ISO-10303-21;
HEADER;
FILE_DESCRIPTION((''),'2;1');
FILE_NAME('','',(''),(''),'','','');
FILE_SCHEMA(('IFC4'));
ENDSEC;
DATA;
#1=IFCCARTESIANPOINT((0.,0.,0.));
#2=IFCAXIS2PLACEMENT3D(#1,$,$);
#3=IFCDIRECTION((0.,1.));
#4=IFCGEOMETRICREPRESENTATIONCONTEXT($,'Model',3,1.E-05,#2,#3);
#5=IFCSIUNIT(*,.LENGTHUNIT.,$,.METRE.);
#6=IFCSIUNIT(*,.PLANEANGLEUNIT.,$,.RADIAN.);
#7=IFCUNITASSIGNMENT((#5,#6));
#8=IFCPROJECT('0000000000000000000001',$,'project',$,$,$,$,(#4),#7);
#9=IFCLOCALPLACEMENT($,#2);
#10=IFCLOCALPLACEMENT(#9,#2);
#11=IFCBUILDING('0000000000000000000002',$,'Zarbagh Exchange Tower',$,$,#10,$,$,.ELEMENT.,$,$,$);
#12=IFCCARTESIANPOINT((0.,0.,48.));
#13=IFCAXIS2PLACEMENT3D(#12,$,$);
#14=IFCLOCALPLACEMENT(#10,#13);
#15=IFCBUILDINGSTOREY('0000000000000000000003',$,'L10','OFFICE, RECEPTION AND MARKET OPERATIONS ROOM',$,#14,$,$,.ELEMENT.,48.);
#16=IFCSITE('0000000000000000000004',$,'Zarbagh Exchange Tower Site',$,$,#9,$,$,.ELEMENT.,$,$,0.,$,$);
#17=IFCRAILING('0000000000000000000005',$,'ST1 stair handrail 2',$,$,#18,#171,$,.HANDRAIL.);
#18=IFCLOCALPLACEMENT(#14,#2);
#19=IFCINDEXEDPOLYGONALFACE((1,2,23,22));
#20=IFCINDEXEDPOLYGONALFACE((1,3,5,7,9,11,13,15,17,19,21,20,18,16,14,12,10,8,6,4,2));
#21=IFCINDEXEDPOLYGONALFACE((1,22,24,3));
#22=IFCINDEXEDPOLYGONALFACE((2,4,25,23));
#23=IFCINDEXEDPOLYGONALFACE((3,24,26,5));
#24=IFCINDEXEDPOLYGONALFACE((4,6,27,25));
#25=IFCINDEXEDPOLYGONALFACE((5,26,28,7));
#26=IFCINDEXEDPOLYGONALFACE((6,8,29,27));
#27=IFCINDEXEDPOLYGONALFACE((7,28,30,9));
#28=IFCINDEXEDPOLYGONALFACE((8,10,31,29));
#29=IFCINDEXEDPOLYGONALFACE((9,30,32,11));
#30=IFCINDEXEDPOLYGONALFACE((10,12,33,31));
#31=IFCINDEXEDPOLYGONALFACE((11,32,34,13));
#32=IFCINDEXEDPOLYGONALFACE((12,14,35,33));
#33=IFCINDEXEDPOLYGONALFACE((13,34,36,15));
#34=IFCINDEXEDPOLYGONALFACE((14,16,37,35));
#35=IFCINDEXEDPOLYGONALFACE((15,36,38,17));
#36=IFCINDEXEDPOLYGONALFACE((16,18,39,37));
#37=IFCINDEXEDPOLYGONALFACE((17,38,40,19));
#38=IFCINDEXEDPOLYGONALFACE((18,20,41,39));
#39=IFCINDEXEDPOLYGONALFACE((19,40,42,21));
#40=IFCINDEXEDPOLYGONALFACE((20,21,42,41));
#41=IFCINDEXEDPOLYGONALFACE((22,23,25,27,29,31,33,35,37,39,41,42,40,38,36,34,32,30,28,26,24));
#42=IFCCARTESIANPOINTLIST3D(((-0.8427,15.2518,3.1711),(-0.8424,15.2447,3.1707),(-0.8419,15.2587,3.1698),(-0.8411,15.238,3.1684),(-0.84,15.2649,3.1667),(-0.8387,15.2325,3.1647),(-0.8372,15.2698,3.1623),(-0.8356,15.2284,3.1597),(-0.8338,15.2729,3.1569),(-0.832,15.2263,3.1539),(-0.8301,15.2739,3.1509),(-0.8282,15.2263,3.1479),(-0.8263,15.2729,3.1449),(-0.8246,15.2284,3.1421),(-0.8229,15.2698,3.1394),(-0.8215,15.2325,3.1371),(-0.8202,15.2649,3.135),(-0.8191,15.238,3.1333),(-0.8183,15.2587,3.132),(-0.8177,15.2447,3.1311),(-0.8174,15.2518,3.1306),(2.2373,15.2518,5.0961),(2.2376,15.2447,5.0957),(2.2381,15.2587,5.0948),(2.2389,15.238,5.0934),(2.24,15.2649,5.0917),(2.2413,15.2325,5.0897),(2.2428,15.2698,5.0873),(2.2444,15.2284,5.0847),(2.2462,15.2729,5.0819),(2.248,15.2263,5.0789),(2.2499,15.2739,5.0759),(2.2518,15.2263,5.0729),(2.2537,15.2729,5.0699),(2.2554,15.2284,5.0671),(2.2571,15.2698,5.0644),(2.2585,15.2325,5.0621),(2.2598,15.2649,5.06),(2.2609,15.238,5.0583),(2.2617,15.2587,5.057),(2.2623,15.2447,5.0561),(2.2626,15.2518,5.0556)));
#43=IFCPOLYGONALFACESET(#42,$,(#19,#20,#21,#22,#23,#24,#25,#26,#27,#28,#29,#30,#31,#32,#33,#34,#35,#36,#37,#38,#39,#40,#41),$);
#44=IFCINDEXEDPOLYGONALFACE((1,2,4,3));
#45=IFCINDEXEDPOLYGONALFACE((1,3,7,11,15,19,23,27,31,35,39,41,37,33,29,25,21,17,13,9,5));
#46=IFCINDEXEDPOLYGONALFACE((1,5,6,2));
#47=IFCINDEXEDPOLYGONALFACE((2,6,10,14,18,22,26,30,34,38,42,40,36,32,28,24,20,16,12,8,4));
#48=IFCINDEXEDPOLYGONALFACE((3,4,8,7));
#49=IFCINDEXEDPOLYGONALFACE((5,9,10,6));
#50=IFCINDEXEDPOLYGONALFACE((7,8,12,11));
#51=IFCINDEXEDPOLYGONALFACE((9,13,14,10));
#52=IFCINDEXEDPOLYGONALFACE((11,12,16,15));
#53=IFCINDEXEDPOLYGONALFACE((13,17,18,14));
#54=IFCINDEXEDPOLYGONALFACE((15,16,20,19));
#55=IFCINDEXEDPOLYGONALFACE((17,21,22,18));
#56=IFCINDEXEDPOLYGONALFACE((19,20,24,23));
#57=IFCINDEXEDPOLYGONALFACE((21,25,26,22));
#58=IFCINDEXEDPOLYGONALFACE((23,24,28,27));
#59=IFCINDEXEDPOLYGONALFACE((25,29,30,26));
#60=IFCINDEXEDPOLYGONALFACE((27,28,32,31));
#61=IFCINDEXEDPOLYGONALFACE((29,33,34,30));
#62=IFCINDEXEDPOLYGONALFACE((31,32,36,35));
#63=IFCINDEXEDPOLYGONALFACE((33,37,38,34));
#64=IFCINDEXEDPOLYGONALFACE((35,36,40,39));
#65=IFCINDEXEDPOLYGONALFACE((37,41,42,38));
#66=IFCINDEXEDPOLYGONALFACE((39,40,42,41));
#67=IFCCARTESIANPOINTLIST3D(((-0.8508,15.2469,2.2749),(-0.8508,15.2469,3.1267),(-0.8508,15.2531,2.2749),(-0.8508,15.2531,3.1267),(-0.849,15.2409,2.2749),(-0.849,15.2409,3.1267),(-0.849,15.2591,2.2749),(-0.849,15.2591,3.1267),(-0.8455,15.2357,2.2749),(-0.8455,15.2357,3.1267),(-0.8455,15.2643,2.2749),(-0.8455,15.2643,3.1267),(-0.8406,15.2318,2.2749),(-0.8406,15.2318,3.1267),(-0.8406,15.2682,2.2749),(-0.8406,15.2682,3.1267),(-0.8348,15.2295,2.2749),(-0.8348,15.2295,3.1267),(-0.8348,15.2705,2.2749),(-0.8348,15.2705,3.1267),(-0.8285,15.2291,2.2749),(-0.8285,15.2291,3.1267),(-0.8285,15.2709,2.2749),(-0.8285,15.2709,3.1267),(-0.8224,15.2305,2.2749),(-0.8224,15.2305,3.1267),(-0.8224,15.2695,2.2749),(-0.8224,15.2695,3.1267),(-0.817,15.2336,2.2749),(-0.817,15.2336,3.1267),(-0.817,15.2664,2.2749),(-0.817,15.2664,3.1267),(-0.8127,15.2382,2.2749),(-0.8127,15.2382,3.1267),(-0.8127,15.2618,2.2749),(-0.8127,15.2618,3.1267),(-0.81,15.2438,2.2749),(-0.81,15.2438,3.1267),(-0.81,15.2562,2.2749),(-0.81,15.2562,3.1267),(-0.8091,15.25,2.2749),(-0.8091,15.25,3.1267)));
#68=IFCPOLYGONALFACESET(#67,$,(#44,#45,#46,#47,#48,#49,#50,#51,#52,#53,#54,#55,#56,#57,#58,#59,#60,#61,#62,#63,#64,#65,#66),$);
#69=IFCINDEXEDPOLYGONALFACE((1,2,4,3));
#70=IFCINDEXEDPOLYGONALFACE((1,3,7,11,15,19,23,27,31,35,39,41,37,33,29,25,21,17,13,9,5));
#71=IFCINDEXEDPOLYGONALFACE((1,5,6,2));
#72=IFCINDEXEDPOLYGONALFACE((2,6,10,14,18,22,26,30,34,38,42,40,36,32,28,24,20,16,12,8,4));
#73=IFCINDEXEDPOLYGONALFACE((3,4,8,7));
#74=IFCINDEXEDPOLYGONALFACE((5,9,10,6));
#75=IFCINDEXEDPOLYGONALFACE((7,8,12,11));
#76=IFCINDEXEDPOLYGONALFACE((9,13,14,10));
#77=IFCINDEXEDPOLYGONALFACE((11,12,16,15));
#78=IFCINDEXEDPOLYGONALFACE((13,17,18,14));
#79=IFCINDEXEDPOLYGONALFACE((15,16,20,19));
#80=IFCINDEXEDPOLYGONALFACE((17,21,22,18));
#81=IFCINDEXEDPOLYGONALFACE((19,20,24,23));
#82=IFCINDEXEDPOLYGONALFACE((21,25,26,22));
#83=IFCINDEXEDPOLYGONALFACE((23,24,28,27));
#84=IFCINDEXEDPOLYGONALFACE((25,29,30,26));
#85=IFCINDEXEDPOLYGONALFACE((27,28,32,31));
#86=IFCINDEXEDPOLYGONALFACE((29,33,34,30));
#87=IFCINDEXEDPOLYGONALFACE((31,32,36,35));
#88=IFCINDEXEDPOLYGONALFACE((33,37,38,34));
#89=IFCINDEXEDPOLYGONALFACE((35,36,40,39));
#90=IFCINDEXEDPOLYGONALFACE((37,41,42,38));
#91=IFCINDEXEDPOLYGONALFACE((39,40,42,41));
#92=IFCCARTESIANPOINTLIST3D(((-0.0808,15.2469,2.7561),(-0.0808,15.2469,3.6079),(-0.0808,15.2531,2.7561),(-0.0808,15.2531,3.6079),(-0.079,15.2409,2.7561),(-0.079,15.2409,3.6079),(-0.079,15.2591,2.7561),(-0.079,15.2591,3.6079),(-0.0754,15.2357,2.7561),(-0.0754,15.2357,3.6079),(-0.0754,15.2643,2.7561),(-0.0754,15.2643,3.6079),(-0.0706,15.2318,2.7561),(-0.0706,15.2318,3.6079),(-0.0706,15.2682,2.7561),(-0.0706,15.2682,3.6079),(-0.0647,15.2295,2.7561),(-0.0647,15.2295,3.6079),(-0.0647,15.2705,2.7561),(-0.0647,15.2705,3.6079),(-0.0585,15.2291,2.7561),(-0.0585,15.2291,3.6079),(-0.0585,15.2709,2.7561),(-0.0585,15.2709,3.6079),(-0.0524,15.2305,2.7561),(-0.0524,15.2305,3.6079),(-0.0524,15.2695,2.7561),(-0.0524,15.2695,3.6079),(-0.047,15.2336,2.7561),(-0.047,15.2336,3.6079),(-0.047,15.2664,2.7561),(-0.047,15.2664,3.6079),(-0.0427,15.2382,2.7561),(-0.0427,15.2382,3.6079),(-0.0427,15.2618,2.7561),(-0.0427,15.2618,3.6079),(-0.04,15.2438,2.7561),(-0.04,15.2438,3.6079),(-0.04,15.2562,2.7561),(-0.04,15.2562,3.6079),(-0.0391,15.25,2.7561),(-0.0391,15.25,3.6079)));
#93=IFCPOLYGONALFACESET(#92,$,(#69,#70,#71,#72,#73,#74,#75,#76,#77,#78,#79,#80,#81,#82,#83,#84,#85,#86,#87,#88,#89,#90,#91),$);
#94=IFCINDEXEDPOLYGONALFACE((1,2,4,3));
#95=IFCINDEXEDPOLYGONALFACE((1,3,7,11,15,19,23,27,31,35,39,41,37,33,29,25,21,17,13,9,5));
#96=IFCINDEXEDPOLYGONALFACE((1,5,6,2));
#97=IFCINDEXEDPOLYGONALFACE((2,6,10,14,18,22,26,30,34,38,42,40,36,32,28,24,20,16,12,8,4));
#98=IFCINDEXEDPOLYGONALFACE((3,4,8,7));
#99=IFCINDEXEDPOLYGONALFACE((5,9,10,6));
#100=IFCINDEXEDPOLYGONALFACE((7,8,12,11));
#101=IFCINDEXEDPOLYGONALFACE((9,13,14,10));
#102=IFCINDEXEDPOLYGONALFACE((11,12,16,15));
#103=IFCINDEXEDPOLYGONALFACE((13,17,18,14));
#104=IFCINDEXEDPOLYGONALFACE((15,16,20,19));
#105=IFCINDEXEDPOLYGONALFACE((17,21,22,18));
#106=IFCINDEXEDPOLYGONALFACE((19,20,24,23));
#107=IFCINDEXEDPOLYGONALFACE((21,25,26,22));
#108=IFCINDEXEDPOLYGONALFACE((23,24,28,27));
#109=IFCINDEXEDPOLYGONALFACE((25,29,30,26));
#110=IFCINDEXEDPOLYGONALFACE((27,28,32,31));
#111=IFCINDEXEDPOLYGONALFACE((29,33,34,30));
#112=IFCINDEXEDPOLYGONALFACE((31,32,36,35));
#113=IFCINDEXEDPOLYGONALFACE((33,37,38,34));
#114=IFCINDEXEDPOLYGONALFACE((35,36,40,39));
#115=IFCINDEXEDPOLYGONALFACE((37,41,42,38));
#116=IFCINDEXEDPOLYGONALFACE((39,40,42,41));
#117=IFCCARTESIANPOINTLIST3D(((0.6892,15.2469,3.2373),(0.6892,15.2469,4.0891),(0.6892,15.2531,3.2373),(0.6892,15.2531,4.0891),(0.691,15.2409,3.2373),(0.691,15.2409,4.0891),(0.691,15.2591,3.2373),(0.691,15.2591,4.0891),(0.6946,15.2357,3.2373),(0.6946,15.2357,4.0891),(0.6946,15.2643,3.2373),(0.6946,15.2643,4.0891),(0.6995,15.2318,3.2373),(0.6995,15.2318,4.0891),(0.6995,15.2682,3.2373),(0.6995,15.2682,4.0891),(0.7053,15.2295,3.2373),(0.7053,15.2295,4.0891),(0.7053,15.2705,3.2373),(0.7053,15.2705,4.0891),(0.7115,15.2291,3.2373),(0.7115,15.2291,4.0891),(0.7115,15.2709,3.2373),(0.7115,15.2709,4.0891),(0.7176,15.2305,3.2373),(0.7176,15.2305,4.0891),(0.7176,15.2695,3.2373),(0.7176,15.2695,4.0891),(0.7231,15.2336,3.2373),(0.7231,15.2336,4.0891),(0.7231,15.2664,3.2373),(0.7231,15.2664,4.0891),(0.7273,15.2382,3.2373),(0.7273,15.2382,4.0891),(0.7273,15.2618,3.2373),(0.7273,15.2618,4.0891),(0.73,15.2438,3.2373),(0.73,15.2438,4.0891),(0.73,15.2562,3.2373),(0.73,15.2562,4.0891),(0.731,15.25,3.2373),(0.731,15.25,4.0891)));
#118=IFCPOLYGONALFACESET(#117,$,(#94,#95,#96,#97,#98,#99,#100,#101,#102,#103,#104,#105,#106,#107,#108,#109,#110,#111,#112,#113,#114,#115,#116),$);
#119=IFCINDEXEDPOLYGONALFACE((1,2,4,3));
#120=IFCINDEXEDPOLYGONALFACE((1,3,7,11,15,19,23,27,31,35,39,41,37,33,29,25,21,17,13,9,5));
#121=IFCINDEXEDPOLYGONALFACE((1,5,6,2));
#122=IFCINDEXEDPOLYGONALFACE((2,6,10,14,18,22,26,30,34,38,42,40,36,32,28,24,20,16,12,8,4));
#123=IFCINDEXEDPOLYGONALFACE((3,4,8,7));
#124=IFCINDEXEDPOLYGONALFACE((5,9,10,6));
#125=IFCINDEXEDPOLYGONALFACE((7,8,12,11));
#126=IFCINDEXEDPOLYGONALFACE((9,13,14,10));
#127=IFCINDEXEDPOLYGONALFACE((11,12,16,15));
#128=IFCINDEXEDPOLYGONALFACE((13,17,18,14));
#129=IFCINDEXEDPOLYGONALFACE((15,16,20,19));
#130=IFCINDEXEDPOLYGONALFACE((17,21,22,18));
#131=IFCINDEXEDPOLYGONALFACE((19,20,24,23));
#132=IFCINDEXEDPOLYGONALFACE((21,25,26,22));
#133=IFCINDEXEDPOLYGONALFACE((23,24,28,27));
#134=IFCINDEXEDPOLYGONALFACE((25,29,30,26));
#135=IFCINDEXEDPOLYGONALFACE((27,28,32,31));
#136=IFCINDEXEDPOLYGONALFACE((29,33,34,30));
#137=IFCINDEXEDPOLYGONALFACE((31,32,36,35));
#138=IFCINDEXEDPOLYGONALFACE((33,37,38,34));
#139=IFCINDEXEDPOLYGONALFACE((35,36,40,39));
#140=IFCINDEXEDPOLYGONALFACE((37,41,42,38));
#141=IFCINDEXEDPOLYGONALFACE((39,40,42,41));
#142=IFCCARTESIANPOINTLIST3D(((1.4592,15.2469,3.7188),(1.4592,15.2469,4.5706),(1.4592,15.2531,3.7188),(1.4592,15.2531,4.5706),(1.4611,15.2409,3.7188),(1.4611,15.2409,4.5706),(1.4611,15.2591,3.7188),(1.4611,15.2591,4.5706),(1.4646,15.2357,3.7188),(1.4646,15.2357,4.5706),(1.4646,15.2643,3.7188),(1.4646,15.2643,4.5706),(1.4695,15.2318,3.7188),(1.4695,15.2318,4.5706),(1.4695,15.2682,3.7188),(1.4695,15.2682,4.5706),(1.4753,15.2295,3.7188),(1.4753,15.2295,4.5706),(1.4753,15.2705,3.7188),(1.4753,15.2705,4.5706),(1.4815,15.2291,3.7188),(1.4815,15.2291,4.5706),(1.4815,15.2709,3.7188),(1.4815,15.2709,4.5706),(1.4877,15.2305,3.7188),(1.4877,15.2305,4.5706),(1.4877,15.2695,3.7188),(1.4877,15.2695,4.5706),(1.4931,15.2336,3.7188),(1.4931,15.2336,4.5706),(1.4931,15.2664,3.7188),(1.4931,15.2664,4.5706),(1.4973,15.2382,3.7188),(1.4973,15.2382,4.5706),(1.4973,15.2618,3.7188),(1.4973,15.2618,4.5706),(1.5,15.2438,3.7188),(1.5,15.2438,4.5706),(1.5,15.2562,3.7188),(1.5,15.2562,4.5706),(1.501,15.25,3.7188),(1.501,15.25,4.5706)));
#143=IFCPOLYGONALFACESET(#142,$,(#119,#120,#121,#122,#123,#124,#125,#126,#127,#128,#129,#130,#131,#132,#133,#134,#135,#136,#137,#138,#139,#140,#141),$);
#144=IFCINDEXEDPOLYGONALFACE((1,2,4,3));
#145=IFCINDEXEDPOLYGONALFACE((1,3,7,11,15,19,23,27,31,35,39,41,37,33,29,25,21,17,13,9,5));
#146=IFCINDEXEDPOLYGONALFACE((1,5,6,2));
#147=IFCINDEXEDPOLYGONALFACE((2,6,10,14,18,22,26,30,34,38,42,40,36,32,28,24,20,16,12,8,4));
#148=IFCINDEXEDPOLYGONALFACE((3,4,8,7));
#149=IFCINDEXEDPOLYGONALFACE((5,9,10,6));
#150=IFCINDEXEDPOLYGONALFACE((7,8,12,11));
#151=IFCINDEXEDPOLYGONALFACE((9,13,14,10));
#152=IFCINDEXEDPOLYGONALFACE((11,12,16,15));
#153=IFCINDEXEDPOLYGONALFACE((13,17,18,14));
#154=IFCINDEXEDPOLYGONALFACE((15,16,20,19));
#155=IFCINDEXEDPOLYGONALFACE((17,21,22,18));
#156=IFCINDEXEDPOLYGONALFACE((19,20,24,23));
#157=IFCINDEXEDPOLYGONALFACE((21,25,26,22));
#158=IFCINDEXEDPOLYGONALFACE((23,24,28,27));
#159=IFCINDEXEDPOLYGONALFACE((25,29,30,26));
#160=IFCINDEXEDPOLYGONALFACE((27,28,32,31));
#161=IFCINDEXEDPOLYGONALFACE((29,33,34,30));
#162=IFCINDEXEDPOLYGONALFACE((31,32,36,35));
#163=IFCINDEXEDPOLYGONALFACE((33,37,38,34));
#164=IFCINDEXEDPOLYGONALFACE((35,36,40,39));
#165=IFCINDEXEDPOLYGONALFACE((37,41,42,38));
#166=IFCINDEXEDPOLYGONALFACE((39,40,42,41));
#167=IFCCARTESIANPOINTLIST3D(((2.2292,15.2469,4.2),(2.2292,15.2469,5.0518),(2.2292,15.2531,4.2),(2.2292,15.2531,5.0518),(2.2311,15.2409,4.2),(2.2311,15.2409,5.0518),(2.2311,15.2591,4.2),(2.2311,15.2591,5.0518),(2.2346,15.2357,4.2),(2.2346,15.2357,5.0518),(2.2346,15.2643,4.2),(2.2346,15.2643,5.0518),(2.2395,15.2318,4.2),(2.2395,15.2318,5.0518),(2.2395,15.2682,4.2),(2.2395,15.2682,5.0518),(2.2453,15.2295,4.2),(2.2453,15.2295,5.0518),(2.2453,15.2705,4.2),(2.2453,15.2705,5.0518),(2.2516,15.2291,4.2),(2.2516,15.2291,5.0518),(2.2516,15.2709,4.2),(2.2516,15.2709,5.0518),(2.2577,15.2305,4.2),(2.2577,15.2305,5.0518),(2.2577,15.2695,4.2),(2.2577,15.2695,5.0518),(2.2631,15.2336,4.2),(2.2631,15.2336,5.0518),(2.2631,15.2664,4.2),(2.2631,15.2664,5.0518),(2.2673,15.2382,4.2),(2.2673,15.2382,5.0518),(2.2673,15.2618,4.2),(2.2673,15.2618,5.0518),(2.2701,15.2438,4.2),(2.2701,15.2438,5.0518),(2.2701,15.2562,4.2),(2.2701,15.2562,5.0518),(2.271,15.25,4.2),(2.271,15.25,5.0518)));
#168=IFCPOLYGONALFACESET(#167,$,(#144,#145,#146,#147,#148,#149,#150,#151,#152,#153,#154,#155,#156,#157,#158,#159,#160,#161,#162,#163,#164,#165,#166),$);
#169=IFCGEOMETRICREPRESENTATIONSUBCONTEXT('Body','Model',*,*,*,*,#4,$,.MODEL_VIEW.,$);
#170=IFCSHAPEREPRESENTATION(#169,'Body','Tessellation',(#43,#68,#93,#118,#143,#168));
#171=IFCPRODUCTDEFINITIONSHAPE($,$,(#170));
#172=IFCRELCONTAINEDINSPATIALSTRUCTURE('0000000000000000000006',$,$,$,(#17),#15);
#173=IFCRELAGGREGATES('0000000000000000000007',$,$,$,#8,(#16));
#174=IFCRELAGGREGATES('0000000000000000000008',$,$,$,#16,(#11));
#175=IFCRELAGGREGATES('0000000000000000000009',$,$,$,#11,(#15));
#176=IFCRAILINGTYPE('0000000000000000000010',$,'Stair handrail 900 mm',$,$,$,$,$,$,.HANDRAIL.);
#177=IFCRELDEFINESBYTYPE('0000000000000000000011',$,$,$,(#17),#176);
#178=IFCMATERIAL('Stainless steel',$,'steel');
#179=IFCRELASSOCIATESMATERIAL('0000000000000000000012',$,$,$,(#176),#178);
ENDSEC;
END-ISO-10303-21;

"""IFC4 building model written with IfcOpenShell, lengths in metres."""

from ifc_helpers import new_model, si_unit, direction, frame, origin, origin_2d, place, context, subcontext, project, spatial, circle, extrude, material, type_object, element, save


model = new_model("IFC4")

# Units and contexts
model_context = context("Model", 3, precision=1e-05, world=origin(), true_north=direction((0.0, 1.0)))
body_context = subcontext(model_context, "Body", "Model", "MODEL_VIEW")
ifc_project = project(units=[si_unit("LENGTHUNIT", "METRE"), si_unit("PLANEANGLEUNIT", "RADIAN")], contexts=[model_context])

# Site, building, storey
site_placement = place(None, origin())
site = spatial("IfcSite", under=ifc_project, at=site_placement, Name="Zarbagh Exchange Tower Site", CompositionType="ELEMENT", RefElevation=0.0)
building_placement = place(site_placement, origin())
building = spatial("IfcBuilding", under=site, at=building_placement, Name="Zarbagh Exchange Tower", CompositionType="ELEMENT")
storey_placement = place(building_placement, frame((0.0, 0.0, 48.0)))
storey = spatial("IfcBuildingStorey", under=building, at=storey_placement, Name="L10", Description="OFFICE, RECEPTION AND MARKET OPERATIONS ROOM", CompositionType="ELEMENT", Elevation=48.0)

# Shared definitions
ifc_material_1 = material(Name="Stainless steel", Category="steel")

# Railing
railing_type_1 = type_object("IfcRailingType", Name="Stair handrail 900 mm", PredefinedType="HANDRAIL", material=ifc_material_1)
railing_1_placement = place(storey_placement, frame((-0.8301, 15.25, 2.2749)))
element("IfcRailing", 1, at=railing_1_placement, inside=storey, type_object=railing_type_1, Name="ST1 stair handrail 2", PredefinedType="HANDRAIL", context=body_context, shape_type="SweptSolid", body=[
    extrude(circle(Radius=0.0239, at=origin_2d()), frame((0.0, 0.0, 0.876), z_axis=(0.847998, 0.0, 0.529999), x_axis=(0.0, 1.0, 0.0)), (0.0, 0.0, 1.0), 3.6321),
    extrude(circle(Radius=0.021, at=origin_2d()), origin(), (0.0, 0.0, 1.0), 0.8518),
    extrude(circle(Radius=0.021, at=origin_2d()), frame((0.77, 0.0, 0.4812)), (0.0, 0.0, 1.0), 0.8518),
    extrude(circle(Radius=0.021, at=origin_2d()), frame((1.54, 0.0, 0.9624)), (0.0, 0.0, 1.0), 0.8518),
    extrude(circle(Radius=0.021, at=origin_2d()), frame((2.3101, 0.0, 1.4438)), (0.0, 0.0, 1.0), 0.8518),
    extrude(circle(Radius=0.021, at=origin_2d()), frame((3.0801, 0.0, 1.925)), (0.0, 0.0, 1.0), 0.8518),
])

save(model, "model.ifc")
